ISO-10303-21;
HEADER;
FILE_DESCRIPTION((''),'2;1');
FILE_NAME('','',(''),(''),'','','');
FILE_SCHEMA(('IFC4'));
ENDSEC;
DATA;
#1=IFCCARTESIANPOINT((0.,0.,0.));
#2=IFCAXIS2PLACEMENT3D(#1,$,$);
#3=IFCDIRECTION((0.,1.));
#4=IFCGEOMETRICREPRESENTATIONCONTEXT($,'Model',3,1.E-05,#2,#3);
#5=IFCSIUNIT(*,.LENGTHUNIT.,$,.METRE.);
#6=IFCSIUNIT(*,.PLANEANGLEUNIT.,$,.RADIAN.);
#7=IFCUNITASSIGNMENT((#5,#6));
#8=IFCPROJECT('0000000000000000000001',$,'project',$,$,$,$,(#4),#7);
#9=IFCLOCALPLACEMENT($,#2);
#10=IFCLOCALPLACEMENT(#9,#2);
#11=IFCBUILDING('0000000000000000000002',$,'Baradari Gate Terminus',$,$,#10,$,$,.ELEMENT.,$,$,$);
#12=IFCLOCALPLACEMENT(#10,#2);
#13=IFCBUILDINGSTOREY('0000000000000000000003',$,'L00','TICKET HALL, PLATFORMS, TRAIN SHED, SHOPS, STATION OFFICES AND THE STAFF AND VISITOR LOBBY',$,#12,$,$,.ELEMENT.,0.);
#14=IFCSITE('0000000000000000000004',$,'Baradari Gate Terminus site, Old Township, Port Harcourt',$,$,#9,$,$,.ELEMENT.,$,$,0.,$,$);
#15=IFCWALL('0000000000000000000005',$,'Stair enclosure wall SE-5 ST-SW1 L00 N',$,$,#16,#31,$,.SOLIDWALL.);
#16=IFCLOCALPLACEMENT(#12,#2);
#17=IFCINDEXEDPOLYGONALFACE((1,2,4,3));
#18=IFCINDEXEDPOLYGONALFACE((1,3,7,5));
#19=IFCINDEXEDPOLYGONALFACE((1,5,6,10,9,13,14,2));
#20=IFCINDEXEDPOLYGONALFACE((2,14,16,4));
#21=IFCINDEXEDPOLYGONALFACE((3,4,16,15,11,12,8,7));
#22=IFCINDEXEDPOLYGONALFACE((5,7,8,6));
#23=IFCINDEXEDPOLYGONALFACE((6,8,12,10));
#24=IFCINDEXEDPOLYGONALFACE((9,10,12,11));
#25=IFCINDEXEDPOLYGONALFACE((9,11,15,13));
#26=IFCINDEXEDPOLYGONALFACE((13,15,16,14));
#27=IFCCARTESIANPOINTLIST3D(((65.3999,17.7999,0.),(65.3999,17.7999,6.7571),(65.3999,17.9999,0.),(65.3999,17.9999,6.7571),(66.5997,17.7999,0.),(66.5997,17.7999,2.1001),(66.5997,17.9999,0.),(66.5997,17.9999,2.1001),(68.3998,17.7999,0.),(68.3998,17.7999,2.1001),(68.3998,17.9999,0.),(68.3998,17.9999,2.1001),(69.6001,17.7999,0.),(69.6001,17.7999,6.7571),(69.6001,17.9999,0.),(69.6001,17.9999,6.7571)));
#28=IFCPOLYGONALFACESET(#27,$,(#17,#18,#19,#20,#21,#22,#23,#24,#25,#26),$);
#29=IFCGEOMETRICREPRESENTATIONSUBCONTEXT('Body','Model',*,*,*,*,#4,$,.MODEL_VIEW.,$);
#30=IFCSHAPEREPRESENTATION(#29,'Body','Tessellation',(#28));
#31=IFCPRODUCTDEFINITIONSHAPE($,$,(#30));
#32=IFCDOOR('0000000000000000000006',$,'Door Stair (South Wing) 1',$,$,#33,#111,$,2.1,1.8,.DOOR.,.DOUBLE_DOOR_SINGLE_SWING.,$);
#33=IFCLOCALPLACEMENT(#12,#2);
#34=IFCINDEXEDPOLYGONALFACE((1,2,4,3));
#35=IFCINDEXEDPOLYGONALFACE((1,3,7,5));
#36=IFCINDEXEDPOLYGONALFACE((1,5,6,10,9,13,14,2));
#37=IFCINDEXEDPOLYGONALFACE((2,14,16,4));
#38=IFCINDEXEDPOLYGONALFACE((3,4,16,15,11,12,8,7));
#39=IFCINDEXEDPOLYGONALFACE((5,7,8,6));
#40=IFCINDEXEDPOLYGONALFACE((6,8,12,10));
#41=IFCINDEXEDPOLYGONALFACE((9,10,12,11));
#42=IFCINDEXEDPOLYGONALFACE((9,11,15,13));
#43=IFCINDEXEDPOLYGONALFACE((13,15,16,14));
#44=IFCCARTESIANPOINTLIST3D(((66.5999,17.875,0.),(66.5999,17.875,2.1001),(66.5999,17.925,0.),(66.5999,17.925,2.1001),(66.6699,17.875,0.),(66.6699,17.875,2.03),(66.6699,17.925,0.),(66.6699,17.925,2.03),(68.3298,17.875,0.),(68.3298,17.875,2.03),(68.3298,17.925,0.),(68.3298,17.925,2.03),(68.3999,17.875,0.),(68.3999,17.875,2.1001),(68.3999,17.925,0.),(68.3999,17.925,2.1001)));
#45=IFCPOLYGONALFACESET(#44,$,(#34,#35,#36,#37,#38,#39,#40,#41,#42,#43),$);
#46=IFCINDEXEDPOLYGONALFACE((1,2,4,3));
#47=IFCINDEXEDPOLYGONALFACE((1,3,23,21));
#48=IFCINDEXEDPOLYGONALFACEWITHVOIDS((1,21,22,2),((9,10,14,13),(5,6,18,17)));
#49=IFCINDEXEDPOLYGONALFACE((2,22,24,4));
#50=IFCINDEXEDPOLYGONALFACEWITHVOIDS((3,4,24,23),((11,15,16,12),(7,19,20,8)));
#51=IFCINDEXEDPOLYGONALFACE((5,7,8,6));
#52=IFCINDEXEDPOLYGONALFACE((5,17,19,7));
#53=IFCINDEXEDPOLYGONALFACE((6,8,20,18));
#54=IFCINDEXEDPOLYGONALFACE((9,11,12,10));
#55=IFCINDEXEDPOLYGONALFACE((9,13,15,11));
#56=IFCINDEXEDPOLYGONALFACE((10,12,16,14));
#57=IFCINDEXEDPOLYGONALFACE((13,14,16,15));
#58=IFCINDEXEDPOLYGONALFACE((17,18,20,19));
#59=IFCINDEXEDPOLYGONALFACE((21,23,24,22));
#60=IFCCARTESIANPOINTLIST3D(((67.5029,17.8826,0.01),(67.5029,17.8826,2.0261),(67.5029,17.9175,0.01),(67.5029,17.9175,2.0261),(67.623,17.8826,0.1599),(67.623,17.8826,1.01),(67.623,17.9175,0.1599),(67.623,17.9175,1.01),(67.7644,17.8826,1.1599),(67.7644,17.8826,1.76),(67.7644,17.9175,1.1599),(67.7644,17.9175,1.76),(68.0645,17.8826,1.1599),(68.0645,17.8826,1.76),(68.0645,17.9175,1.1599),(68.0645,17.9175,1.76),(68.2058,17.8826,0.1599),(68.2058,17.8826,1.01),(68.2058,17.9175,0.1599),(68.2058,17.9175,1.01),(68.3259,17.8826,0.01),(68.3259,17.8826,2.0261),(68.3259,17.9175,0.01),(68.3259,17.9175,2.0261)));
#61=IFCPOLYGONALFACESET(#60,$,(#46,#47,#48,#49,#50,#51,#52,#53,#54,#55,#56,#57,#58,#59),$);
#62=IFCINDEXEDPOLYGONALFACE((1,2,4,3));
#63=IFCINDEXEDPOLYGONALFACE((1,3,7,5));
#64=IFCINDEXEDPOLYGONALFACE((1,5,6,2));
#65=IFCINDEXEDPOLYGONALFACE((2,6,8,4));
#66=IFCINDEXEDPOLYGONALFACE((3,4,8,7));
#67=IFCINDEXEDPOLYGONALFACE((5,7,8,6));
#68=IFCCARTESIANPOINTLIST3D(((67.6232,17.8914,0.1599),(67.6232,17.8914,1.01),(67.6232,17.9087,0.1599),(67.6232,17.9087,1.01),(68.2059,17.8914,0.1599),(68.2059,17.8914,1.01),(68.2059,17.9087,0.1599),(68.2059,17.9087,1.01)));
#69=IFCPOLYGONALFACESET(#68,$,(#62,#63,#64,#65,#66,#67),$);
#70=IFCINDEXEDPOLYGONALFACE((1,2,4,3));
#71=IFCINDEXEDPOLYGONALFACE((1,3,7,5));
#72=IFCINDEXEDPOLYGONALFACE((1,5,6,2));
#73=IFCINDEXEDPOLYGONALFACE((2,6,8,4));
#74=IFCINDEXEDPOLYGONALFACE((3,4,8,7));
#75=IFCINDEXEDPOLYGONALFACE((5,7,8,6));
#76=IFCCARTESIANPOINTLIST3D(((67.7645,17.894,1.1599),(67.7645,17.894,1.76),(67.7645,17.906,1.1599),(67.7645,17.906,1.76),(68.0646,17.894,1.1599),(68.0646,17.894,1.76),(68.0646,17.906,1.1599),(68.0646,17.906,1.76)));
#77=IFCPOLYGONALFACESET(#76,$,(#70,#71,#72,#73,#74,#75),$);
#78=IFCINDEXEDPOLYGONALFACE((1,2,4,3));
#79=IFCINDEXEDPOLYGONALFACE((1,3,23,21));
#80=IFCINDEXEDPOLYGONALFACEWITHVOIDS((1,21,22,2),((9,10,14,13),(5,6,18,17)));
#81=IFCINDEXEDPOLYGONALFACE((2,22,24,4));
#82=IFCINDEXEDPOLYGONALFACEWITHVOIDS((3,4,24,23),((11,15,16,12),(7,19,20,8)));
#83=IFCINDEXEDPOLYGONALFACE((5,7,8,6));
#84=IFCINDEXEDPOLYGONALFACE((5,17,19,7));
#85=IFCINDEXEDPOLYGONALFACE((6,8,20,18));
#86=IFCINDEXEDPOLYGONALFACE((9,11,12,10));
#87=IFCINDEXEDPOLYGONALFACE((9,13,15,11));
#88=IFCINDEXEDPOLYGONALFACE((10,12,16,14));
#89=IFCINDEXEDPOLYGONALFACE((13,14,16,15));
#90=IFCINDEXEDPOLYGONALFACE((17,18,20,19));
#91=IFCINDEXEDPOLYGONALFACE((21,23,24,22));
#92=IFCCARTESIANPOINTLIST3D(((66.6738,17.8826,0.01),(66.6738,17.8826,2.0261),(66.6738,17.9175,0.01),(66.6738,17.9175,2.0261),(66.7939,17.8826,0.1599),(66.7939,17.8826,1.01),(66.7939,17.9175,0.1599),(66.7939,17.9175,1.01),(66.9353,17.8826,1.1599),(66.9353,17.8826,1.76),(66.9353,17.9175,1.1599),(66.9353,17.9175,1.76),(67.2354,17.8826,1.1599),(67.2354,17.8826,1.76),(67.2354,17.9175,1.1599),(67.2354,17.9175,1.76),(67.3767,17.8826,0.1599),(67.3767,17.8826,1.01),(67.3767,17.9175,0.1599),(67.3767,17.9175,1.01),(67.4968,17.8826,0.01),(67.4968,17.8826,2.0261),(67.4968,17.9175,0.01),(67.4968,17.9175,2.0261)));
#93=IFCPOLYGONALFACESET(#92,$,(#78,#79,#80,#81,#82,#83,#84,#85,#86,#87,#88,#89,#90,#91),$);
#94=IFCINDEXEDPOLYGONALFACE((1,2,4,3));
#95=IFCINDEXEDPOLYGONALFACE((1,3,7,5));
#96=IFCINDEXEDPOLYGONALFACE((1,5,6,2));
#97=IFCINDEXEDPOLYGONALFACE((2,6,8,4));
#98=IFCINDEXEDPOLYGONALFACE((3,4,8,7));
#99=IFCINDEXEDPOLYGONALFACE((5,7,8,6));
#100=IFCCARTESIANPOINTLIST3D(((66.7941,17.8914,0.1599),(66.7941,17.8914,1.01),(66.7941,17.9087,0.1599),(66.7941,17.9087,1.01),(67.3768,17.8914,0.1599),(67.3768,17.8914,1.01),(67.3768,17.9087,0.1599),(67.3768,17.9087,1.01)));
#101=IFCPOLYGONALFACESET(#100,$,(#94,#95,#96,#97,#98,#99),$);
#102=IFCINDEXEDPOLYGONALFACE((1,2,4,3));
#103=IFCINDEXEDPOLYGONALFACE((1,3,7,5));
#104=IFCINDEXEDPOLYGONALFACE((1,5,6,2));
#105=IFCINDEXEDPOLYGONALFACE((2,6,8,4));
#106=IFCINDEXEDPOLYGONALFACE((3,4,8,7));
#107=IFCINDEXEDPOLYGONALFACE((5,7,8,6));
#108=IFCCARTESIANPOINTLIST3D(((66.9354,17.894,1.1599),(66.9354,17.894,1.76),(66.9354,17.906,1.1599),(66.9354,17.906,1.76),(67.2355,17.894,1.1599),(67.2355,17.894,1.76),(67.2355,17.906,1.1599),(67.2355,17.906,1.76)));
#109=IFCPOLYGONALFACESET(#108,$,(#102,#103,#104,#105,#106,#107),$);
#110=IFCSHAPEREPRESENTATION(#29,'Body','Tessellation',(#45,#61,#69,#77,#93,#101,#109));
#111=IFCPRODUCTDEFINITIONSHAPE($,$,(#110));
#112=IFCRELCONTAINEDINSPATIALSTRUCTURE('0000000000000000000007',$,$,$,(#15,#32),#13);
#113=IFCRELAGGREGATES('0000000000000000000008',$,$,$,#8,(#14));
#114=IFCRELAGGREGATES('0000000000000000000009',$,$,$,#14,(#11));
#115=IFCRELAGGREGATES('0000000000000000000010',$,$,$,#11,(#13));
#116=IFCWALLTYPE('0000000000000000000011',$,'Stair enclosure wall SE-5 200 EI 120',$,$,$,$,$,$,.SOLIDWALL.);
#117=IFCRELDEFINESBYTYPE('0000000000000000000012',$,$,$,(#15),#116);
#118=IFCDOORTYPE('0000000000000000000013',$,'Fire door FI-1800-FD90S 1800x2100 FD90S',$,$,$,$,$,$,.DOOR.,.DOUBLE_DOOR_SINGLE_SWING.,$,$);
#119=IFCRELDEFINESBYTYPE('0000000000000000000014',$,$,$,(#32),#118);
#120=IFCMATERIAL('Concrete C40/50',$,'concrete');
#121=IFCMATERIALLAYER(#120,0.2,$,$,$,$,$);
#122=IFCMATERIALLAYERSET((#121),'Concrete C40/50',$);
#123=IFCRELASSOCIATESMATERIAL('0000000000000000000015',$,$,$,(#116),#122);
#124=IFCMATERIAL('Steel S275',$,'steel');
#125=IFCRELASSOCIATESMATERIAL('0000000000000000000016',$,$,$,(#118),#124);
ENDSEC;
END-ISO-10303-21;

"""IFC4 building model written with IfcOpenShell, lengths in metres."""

from ifc_helpers import new_model, si_unit, direction, frame, frame_2d, origin, place, context, subcontext, project, spatial, polyline, rectangle, outline, extrude, material, layer, layer_set, type_object, element, fill, save


model = new_model("IFC4")

# Units and contexts
model_context = context("Model", 3, precision=1e-05, world=origin(), true_north=direction((0.0, 1.0)))
body_context = subcontext(model_context, "Body", "Model", "MODEL_VIEW")
ifc_project = project(units=[si_unit("LENGTHUNIT", "METRE"), si_unit("PLANEANGLEUNIT", "RADIAN")], contexts=[model_context])

# Site, building, storey
site_placement = place(None, origin())
site = spatial("IfcSite", under=ifc_project, at=site_placement, Name="Baradari Gate Terminus site, Old Township, Port Harcourt", CompositionType="ELEMENT", RefElevation=0.0)
building_placement = place(site_placement, origin())
building = spatial("IfcBuilding", under=site, at=building_placement, Name="Baradari Gate Terminus", CompositionType="ELEMENT")
storey_placement = place(building_placement, origin())
storey = spatial("IfcBuildingStorey", under=building, at=storey_placement, Name="L00", Description="TICKET HALL, PLATFORMS, TRAIN SHED, SHOPS, STATION OFFICES AND THE STAFF AND VISITOR LOBBY", CompositionType="ELEMENT", Elevation=0.0)

# Shared definitions
ifc_material_1 = material(Name="Concrete C40/50", Category="concrete")
ifc_layer_1 = layer(ifc_material_1, 0.2)
ifc_layer_set_1 = layer_set([ifc_layer_1], Name="Concrete C40/50")
wall_type_1 = type_object("IfcWallType", Name="Stair enclosure wall SE-5 200 EI 120", PredefinedType="SOLIDWALL", material=ifc_layer_set_1)

# Wall, opening, door
wall_1_placement = place(storey_placement, frame((65.3999, 17.8999, 0.0), z_axis=(0.0, 0.0, 1.0), x_axis=(1.0, 0.0, 0.0)))
wall_1 = element("IfcWall", 1, at=wall_1_placement, inside=storey, type_object=wall_type_1, Name="Stair enclosure wall SE-5 ST-SW1 L00 N", PredefinedType="SOLIDWALL", context=body_context, shape_type="SweptSolid", body=[
    extrude(rectangle(XDim=4.2002, YDim=0.2, at=frame_2d((2.1001, 0.0))), origin(), (0.0, 0.0, 1.0), 6.7571),
])
opening_1_placement = place(wall_1_placement, frame((1.2, 0.0, 0.0)))
opening_1 = element("IfcOpeningElement", 2, at=opening_1_placement, cuts=wall_1, PredefinedType="OPENING", context=body_context, shape_type="SweptSolid", body=[
    extrude(rectangle(XDim=1.8, YDim=2.1001, at=frame_2d((0.8999, 1.05))), frame((0.0, 0.1099, 0.0), z_axis=(0.0, -1.0, 0.0), x_axis=(1.0, 0.0, 0.0)), (0.0, 0.0, 1.0), 0.22),
])
ifc_material_2 = material(Name="Steel S275", Category="steel")
door_type_1 = type_object("IfcDoorType", Name="Fire door FI-1800-FD90S 1800x2100 FD90S", OperationType="DOUBLE_DOOR_SINGLE_SWING", PredefinedType="DOOR", material=ifc_material_2)
door_1_placement = place(opening_1_placement, frame((1.8, 0.0, 0.0), z_axis=(0.0, 0.0, 1.0), x_axis=(-1.0, 0.0, 0.0)))
door_1 = element("IfcDoor", 3, at=door_1_placement, inside=storey, type_object=door_type_1, Name="Door Stair (South Wing) 1", OperationType="DOUBLE_DOOR_SINGLE_SWING", OverallHeight=2.1, OverallWidth=1.8, PredefinedType="DOOR", context=body_context, shape_type="SweptSolid", body=[
    extrude(outline(polyline([(0.0, 0.0), (0.0701, 0.0), (0.0701, 2.03), (1.73, 2.03), (1.73, 0.0), (1.8, 0.0), (1.8, 2.1001), (0.0, 2.1001), (0.0, 0.0)])), frame((0.0, 0.0249, 0.0), z_axis=(0.0, -1.0, 0.0), x_axis=(1.0, 0.0, 0.0)), (0.0, 0.0, 1.0), 0.05),
    extrude(outline(polyline([(0.074, 0.01), (0.897, 0.01), (0.897, 2.0261), (0.074, 2.0261), (0.074, 0.01)]), holes=[polyline([(0.1941, 0.1599), (0.7769, 0.1599), (0.7769, 1.01), (0.1941, 1.01), (0.1941, 0.1599)]), polyline([(0.3354, 1.1599), (0.6355, 1.1599), (0.6355, 1.76), (0.3354, 1.76), (0.3354, 1.1599)])]), frame((0.0, 0.0173, 0.0), z_axis=(0.0, -1.0, 0.0), x_axis=(1.0, 0.0, 0.0)), (0.0, 0.0, 1.0), 0.0349),
    extrude(rectangle(XDim=0.5828, YDim=0.8501, at=frame_2d((0.4854, 0.585))), frame((0.0, 0.0085, 0.0), z_axis=(0.0, -1.0, 0.0), x_axis=(1.0, 0.0, 0.0)), (0.0, 0.0, 1.0), 0.0173),
    extrude(rectangle(XDim=0.3, YDim=0.6001, at=frame_2d((0.4854, 1.46))), frame((0.0, 0.0059, 0.0), z_axis=(0.0, -1.0, 0.0), x_axis=(1.0, 0.0, 0.0)), (0.0, 0.0, 1.0), 0.012),
    extrude(outline(polyline([(0.9031, 0.01), (1.7261, 0.01), (1.7261, 2.0261), (0.9031, 2.0261), (0.9031, 0.01)]), holes=[polyline([(1.0232, 0.1599), (1.606, 0.1599), (1.606, 1.01), (1.0232, 1.01), (1.0232, 0.1599)]), polyline([(1.1646, 1.1599), (1.4646, 1.1599), (1.4646, 1.76), (1.1646, 1.76), (1.1646, 1.1599)])]), frame((0.0, 0.0173, 0.0), z_axis=(0.0, -1.0, 0.0), x_axis=(1.0, 0.0, 0.0)), (0.0, 0.0, 1.0), 0.0349),
    extrude(rectangle(XDim=0.5828, YDim=0.8501, at=frame_2d((1.3145, 0.585))), frame((0.0, 0.0085, 0.0), z_axis=(0.0, -1.0, 0.0), x_axis=(1.0, 0.0, 0.0)), (0.0, 0.0, 1.0), 0.0173),
    extrude(rectangle(XDim=0.3, YDim=0.6001, at=frame_2d((1.3145, 1.46))), frame((0.0, 0.0059, 0.0), z_axis=(0.0, -1.0, 0.0), x_axis=(1.0, 0.0, 0.0)), (0.0, 0.0, 1.0), 0.012),
])
fill(opening_1, door_1)

save(model, "model.ifc")
